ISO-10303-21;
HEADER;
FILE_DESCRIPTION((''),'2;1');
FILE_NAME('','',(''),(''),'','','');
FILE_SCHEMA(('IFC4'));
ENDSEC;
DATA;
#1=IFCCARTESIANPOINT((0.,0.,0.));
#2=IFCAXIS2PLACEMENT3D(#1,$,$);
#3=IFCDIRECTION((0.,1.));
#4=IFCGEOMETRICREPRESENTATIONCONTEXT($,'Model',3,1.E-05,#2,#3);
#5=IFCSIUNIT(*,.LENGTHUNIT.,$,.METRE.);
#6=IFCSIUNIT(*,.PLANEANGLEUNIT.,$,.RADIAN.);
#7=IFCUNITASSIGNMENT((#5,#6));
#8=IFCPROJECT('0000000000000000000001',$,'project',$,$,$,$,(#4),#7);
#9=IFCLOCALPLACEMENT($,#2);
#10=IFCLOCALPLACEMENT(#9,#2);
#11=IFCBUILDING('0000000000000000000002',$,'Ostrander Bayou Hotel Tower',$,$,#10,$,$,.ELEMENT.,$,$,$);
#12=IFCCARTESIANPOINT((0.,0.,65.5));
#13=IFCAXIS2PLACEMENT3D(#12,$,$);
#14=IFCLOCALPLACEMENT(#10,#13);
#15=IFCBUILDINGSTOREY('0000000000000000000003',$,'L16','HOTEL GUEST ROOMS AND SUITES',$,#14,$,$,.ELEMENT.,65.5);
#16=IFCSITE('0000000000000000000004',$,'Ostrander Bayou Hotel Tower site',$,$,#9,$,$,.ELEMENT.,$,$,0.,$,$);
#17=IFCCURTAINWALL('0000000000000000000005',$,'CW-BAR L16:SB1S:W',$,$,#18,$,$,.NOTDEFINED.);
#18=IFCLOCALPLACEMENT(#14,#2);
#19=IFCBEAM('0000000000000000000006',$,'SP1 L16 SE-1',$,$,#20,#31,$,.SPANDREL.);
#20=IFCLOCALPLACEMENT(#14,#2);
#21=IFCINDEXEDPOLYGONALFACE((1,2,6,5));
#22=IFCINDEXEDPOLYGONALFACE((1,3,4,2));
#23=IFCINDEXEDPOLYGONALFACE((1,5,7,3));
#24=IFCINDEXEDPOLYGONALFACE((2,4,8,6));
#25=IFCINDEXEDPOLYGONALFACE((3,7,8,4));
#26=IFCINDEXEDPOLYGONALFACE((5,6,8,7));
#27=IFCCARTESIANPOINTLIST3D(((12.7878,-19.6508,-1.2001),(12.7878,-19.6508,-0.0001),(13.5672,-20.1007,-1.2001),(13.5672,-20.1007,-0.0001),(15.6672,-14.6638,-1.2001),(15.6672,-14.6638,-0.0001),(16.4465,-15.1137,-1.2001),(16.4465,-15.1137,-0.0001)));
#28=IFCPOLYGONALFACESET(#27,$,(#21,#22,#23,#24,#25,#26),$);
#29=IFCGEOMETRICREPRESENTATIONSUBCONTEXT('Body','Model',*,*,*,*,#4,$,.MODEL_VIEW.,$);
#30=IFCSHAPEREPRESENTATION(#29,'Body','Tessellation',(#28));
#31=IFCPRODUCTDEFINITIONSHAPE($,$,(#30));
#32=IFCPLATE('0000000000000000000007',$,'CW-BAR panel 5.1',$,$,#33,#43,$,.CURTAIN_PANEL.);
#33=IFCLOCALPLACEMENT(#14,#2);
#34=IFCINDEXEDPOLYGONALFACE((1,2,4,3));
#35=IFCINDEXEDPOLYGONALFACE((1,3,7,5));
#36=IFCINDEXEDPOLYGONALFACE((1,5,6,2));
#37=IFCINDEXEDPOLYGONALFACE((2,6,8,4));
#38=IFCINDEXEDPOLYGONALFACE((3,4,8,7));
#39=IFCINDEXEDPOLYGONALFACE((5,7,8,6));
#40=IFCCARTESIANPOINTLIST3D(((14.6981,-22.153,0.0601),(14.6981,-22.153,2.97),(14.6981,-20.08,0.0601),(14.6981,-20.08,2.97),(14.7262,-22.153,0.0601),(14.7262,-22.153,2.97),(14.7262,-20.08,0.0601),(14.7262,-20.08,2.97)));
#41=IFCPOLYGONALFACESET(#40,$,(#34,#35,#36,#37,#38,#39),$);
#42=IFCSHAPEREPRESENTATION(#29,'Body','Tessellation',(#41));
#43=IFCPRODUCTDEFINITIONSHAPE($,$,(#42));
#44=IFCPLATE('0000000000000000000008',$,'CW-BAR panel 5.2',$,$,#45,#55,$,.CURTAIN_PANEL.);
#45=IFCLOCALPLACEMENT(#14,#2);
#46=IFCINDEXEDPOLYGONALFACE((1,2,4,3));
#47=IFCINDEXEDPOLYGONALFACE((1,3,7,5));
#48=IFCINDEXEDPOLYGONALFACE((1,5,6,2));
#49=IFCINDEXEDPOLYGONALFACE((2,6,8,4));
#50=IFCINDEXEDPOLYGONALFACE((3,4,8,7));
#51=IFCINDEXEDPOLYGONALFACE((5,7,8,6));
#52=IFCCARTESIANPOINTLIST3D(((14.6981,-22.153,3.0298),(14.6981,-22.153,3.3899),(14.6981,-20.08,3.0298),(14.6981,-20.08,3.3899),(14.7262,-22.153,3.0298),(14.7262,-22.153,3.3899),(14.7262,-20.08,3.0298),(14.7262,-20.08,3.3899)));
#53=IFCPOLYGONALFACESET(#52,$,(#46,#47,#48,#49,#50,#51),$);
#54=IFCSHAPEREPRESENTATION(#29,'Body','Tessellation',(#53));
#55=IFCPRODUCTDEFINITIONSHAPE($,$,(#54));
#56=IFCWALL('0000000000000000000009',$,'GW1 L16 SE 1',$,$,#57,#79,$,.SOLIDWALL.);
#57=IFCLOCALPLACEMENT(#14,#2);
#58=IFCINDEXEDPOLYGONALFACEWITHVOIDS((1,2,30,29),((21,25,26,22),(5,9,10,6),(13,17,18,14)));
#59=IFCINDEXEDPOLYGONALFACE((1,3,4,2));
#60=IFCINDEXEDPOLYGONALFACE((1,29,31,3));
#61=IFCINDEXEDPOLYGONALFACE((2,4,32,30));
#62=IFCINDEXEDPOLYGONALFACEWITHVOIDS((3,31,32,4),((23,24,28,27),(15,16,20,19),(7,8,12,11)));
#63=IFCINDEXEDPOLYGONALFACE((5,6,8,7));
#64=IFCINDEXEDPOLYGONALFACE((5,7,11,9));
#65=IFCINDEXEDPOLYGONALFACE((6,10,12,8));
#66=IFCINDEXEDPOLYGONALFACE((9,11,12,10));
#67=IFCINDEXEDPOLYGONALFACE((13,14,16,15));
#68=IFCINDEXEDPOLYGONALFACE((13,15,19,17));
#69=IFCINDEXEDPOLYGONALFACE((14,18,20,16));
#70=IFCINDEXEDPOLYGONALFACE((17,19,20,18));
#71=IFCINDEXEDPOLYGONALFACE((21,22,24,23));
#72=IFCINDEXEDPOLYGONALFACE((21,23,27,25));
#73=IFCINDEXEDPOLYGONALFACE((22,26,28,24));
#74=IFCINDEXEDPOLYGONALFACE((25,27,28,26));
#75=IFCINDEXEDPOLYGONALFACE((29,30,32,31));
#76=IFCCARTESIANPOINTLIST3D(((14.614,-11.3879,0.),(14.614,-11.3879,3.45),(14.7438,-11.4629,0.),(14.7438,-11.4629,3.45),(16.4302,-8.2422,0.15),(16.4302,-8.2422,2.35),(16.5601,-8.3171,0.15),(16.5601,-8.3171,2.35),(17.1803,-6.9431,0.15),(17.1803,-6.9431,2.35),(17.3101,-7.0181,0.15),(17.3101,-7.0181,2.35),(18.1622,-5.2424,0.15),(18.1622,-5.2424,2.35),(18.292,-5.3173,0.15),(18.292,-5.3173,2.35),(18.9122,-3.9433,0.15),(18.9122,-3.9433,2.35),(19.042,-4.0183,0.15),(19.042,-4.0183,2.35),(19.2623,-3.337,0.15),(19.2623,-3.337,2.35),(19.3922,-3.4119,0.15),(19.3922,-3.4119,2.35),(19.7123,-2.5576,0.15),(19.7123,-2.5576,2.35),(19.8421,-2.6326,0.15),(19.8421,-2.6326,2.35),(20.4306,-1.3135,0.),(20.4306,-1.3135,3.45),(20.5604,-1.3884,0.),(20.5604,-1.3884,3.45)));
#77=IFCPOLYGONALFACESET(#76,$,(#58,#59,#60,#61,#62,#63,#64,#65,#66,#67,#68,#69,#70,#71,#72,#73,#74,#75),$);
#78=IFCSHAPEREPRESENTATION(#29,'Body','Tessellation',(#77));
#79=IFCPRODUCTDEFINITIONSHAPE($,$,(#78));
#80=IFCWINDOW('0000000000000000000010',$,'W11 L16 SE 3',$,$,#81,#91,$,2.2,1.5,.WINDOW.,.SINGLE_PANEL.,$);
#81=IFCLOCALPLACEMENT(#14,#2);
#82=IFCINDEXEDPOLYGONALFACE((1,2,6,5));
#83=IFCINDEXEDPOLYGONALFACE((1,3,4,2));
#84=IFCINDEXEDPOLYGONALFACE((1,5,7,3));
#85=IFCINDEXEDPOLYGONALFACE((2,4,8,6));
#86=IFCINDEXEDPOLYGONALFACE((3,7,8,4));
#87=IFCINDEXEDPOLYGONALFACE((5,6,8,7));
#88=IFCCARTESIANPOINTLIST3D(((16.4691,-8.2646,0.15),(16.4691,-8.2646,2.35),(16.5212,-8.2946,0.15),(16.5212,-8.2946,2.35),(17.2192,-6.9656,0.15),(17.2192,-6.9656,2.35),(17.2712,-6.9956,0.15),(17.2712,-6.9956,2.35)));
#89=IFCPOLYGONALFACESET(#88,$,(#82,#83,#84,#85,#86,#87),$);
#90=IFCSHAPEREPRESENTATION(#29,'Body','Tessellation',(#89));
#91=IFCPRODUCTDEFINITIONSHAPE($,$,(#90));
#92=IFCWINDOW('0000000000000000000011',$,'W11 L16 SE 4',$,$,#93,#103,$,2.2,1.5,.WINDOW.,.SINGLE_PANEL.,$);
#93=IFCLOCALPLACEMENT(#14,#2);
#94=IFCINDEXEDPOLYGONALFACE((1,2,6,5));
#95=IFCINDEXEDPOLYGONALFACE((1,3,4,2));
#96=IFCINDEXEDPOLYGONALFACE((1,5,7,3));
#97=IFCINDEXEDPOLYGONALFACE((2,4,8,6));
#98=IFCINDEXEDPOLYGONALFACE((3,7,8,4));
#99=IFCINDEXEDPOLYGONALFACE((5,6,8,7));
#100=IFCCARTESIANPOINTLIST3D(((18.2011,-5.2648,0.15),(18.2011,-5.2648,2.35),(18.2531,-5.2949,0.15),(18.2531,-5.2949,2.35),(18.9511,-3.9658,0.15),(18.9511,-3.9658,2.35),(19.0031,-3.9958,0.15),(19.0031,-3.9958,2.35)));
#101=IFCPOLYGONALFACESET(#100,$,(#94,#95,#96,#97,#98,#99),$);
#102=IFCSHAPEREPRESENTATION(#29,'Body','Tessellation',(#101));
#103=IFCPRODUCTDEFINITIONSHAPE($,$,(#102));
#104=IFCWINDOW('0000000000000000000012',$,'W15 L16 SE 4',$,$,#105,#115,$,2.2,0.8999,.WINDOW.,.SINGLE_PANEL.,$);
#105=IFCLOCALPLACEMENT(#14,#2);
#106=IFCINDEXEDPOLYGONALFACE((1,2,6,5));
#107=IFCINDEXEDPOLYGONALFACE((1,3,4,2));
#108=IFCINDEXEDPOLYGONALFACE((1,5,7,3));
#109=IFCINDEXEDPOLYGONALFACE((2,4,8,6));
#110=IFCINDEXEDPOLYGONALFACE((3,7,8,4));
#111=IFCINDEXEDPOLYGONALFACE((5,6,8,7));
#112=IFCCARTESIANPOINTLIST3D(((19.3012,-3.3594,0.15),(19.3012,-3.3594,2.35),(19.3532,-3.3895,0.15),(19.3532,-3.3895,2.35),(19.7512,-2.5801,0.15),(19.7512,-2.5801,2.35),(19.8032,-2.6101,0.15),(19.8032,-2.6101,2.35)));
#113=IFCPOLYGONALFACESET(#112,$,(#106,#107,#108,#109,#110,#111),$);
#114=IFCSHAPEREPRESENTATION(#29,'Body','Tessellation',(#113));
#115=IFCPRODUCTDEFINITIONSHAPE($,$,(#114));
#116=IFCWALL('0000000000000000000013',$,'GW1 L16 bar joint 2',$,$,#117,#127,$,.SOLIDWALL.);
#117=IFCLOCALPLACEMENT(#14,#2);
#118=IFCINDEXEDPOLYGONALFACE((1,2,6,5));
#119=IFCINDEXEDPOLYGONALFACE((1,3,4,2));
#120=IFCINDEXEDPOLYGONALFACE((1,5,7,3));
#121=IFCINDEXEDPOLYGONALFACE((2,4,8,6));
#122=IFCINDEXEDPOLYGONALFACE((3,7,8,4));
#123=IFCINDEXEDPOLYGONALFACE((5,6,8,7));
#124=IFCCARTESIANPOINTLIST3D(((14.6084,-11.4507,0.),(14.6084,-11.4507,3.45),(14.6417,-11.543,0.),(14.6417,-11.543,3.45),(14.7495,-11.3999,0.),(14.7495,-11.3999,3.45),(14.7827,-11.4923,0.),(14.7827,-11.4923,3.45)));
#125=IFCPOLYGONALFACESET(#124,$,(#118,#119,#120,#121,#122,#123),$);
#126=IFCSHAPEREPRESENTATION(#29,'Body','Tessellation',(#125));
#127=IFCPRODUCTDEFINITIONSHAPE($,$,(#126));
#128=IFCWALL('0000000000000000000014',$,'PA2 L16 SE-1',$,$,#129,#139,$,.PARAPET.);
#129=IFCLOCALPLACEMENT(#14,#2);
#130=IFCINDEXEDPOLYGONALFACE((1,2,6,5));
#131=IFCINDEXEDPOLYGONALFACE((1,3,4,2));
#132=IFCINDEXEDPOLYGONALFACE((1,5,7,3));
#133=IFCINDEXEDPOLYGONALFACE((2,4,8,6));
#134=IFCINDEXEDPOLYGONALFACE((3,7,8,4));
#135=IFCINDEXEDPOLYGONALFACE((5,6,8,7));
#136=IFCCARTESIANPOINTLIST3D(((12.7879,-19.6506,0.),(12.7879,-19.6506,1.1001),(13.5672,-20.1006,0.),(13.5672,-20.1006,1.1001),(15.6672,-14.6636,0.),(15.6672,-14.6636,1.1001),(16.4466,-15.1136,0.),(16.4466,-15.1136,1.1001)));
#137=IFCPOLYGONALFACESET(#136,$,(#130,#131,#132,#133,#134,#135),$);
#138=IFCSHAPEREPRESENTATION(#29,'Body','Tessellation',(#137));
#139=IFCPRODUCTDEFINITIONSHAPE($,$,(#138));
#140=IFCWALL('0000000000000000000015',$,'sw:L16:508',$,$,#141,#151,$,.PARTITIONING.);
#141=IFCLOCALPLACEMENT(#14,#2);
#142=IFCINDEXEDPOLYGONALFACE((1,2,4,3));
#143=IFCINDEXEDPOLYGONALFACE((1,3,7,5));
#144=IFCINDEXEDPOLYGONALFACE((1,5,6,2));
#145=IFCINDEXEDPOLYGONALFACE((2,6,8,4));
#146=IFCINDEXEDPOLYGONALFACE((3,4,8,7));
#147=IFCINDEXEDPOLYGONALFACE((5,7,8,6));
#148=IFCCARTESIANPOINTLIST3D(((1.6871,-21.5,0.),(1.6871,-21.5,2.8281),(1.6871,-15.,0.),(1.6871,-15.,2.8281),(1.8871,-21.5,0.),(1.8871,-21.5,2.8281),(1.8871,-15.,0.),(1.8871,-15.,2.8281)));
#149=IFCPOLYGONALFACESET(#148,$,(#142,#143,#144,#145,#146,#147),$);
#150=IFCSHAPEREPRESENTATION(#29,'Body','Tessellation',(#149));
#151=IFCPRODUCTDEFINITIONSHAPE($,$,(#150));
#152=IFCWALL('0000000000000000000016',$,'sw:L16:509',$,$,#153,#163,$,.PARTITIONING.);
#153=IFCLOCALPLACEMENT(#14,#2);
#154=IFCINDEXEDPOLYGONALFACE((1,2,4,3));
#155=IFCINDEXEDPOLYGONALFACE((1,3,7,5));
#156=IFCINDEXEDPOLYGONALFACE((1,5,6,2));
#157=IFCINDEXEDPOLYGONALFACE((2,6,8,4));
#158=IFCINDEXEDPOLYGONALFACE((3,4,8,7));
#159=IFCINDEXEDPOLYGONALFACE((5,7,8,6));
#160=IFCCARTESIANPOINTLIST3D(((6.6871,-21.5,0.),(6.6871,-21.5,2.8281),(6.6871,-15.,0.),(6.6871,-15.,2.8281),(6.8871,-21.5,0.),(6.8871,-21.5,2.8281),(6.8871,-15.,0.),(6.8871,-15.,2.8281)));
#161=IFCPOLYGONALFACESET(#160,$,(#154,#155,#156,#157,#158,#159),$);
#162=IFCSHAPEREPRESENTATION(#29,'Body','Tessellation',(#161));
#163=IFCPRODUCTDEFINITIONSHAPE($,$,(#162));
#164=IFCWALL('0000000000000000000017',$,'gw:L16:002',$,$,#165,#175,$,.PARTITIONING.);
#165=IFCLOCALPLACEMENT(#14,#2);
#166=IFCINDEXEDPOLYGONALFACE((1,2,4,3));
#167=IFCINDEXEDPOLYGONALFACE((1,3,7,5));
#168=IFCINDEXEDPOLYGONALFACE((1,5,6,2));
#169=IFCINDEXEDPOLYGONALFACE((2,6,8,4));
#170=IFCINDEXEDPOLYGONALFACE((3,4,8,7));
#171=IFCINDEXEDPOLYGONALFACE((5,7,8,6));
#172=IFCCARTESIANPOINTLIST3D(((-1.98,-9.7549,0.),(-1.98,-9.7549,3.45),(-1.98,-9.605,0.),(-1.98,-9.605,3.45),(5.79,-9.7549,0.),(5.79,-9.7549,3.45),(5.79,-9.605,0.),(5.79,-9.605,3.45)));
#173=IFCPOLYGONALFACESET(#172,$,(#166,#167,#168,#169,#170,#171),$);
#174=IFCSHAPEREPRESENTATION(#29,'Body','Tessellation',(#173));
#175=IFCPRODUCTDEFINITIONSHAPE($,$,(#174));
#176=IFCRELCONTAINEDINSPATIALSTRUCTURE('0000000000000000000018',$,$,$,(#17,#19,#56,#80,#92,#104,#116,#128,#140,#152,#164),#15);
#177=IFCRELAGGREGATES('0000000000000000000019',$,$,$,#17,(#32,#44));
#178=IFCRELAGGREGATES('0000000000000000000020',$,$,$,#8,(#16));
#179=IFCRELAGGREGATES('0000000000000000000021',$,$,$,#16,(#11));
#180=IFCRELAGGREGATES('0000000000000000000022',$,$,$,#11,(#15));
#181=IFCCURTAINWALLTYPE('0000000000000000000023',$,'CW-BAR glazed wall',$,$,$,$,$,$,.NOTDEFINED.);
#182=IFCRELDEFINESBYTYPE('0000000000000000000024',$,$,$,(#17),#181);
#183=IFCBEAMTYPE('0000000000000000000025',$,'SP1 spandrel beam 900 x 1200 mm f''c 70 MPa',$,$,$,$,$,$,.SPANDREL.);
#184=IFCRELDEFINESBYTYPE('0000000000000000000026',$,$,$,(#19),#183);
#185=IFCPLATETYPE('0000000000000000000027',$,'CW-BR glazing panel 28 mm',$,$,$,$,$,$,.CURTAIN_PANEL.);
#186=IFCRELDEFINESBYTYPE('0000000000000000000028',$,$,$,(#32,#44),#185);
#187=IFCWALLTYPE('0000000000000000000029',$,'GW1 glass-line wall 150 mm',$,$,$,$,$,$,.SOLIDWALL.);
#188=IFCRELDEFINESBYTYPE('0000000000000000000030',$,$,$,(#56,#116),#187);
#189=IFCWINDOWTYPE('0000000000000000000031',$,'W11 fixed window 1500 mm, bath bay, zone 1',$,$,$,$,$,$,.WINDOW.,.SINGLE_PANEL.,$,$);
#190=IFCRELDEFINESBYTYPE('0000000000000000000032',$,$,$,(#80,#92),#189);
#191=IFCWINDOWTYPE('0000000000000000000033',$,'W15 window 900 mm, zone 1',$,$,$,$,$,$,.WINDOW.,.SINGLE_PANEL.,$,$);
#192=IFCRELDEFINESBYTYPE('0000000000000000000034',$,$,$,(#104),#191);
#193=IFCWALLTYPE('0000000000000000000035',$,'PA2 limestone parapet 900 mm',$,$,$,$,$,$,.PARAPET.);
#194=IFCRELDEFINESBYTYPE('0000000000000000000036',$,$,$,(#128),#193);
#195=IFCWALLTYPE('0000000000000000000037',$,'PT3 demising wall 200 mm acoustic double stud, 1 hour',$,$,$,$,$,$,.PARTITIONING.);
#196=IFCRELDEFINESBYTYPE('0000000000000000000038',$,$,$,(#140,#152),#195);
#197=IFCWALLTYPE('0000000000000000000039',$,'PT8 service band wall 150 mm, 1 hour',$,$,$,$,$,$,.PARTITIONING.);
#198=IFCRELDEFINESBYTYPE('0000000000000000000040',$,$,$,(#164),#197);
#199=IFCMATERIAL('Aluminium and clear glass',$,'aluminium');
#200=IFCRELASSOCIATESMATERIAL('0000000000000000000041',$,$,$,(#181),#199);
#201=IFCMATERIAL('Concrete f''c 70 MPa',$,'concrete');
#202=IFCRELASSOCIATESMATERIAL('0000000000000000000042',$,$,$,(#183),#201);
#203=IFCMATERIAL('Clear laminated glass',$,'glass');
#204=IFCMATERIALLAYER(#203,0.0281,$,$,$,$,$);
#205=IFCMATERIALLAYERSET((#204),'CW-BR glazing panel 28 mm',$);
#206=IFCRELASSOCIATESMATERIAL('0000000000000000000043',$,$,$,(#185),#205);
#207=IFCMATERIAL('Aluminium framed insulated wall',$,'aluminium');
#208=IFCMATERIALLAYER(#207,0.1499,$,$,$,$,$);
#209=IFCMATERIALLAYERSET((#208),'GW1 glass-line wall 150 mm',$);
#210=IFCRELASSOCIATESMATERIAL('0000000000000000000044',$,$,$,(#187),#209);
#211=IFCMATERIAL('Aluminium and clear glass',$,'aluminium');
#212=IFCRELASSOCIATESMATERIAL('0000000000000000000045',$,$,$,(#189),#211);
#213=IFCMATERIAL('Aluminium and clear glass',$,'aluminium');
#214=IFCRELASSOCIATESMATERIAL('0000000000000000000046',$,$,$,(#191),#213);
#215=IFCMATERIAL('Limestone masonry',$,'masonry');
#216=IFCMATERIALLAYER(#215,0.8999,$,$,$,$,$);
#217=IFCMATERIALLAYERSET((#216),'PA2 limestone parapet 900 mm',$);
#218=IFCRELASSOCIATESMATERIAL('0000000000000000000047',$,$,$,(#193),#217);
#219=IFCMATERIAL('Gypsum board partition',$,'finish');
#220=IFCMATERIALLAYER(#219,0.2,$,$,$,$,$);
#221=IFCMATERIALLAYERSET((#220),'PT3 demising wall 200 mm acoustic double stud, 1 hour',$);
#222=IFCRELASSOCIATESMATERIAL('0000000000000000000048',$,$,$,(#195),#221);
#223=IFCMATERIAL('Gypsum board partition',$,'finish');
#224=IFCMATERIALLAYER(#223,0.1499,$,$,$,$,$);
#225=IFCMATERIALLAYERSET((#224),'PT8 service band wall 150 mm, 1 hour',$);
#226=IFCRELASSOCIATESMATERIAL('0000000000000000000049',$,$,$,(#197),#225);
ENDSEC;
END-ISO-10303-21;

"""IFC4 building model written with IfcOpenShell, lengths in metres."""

from ifc_helpers import new_model, si_unit, direction, frame, frame_2d, origin, origin_2d, place, context, subcontext, project, spatial, rectangle, extrude, material, layer, layer_set, material_profile, profile_set, type_object, element, fill, aggregate, save


model = new_model("IFC4")

# Units and contexts
model_context = context("Model", 3, precision=1e-05, world=origin(), true_north=direction((0.0, 1.0)))
body_context = subcontext(model_context, "Body", "Model", "MODEL_VIEW")
ifc_project = project(units=[si_unit("LENGTHUNIT", "METRE"), si_unit("PLANEANGLEUNIT", "RADIAN")], contexts=[model_context])

# Site, building, storey
site_placement = place(None, origin())
site = spatial("IfcSite", under=ifc_project, at=site_placement, Name="Ostrander Bayou Hotel Tower site", CompositionType="ELEMENT", RefElevation=0.0)
building_placement = place(site_placement, origin())
building = spatial("IfcBuilding", under=site, at=building_placement, Name="Ostrander Bayou Hotel Tower", CompositionType="ELEMENT")
storey_placement = place(building_placement, frame((0.0, 0.0, 65.5)))
storey = spatial("IfcBuildingStorey", under=building, at=storey_placement, Name="L16", Description="HOTEL GUEST ROOMS AND SUITES", CompositionType="ELEMENT", Elevation=65.5)

# Curtain wall
ifc_material_1 = material(Name="Aluminium and clear glass", Category="aluminium")
curtain_wall_type = type_object("IfcCurtainWallType", Name="CW-BAR glazed wall", PredefinedType="NOTDEFINED", material=ifc_material_1)
curtain_wall_placement = place(storey_placement, origin())
curtain_wall = element("IfcCurtainWall", 1, at=curtain_wall_placement, inside=storey, type_object=curtain_wall_type, Name="CW-BAR L16:SB1S:W", PredefinedType="NOTDEFINED")

# Beam
ifc_material_2 = material(Name="Concrete f'c 70 MPa", Category="concrete")
ifc_material_profile_1 = material_profile(ifc_material_2, rectangle(XDim=0.8999, YDim=1.2, at=origin_2d()))
ifc_profile_set_1 = profile_set([ifc_material_profile_1], Name="Concrete f'c 70 MPa")
beam_type = type_object("IfcBeamType", Name="SP1 spandrel beam 900 x 1200 mm f'c 70 MPa", PredefinedType="SPANDREL", material=ifc_profile_set_1)
beam_placement = place(storey_placement, frame((13.1775, -19.8757, -0.6001), z_axis=(0.500015, 0.866017, 0.0), x_axis=(-0.866017, 0.500015, 0.0)))
element("IfcBeam", 2, at=beam_placement, inside=storey, type_object=beam_type, Name="SP1 L16 SE-1", PredefinedType="SPANDREL", context=body_context, shape_type="SweptSolid", body=[
    extrude(rectangle(XDim=0.8999, YDim=1.2, at=origin_2d()), origin(), (0.0, 0.0, 1.0), 5.7585),
])

# Plates
ifc_material_3 = material(Name="Clear laminated glass", Category="glass")
ifc_layer_1 = layer(ifc_material_3, 0.0281)
ifc_layer_set_1 = layer_set([ifc_layer_1], Name="CW-BR glazing panel 28 mm")
plate_type = type_object("IfcPlateType", Name="CW-BR glazing panel 28 mm", PredefinedType="CURTAIN_PANEL", material=ifc_layer_set_1)
plate_1_placement = place(storey_placement, frame((14.7122, -21.1165, 0.0601), z_axis=(0.0, 0.0, 1.0), x_axis=(0.0, -1.0, 0.0)))
plate_1 = element("IfcPlate", 3, at=plate_1_placement, type_object=plate_type, Name="CW-BAR panel 5.1", PredefinedType="CURTAIN_PANEL", context=body_context, shape_type="SweptSolid", body=[
    extrude(rectangle(XDim=2.073, YDim=0.0281, at=origin_2d()), origin(), (0.0, 0.0, 1.0), 2.9099),
])
plate_2_placement = place(storey_placement, frame((14.7122, -21.1165, 3.0298), z_axis=(0.0, 0.0, 1.0), x_axis=(0.0, -1.0, 0.0)))
plate_2 = element("IfcPlate", 4, at=plate_2_placement, type_object=plate_type, Name="CW-BAR panel 5.2", PredefinedType="CURTAIN_PANEL", context=body_context, shape_type="SweptSolid", body=[
    extrude(rectangle(XDim=2.073, YDim=0.0281, at=origin_2d()), origin(), (0.0, 0.0, 1.0), 0.3601),
])
aggregate(curtain_wall, [plate_1, plate_2])

# Wall, openings, windows
ifc_material_4 = material(Name="Aluminium framed insulated wall", Category="aluminium")
ifc_layer_2 = layer(ifc_material_4, 0.1499)
ifc_layer_set_2 = layer_set([ifc_layer_2], Name="GW1 glass-line wall 150 mm")
wall_type_1 = type_object("IfcWallType", Name="GW1 glass-line wall 150 mm", PredefinedType="SOLIDWALL", material=ifc_layer_set_2)
wall_1_placement = place(storey_placement, frame((14.679, -11.4253, 0.0), z_axis=(0.0, 0.0, 1.0), x_axis=(0.50001, 0.86602, 0.0)))
wall_1 = element("IfcWall", 5, at=wall_1_placement, inside=storey, type_object=wall_type_1, Name="GW1 L16 SE 1", PredefinedType="SOLIDWALL", context=body_context, shape_type="SweptSolid", body=[
    extrude(rectangle(XDim=11.6331, YDim=0.1499, at=frame_2d((5.8164, 0.0))), origin(), (0.0, 0.0, 1.0), 3.45),
])
opening_1_placement = place(wall_1_placement, frame((3.6323, 0.0, 0.1499)))
opening_1 = element("IfcOpeningElement", 6, at=opening_1_placement, cuts=wall_1, PredefinedType="OPENING", context=body_context, shape_type="SweptSolid", body=[
    extrude(rectangle(XDim=1.5, YDim=2.2, at=frame_2d((0.75, 1.1001))), frame((0.0, 0.075, 0.0), z_axis=(0.0, -1.0, 0.0), x_axis=(1.0, 0.0, 0.0)), (0.0, 0.0, 1.0), 0.1499),
])
opening_2_placement = place(wall_1_placement, frame((9.2964, 0.0, 0.1499)))
opening_2 = element("IfcOpeningElement", 7, at=opening_2_placement, cuts=wall_1, PredefinedType="OPENING", context=body_context, shape_type="SweptSolid", body=[
    extrude(rectangle(XDim=0.8999, YDim=2.2, at=frame_2d((0.45, 1.1001))), frame((0.0, 0.075, 0.0), z_axis=(0.0, -1.0, 0.0), x_axis=(1.0, 0.0, 0.0)), (0.0, 0.0, 1.0), 0.1499),
])
opening_3_placement = place(wall_1_placement, frame((7.0962, 0.0, 0.1499)))
opening_3 = element("IfcOpeningElement", 8, at=opening_3_placement, cuts=wall_1, PredefinedType="OPENING", context=body_context, shape_type="SweptSolid", body=[
    extrude(rectangle(XDim=1.5, YDim=2.2, at=frame_2d((0.75, 1.1001))), frame((0.0, 0.075, 0.0), z_axis=(0.0, -1.0, 0.0), x_axis=(1.0, 0.0, 0.0)), (0.0, 0.0, 1.0), 0.1499),
])
ifc_material_5 = material(Name="Aluminium and clear glass", Category="aluminium")
window_type_1 = type_object("IfcWindowType", Name="W11 fixed window 1500 mm, bath bay, zone 1", PartitioningType="SINGLE_PANEL", PredefinedType="WINDOW", material=ifc_material_5)
window_1_placement = place(opening_1_placement, origin())
window_1 = element("IfcWindow", 9, at=window_1_placement, inside=storey, type_object=window_type_1, Name="W11 L16 SE 3", OverallHeight=2.2, OverallWidth=1.5, PartitioningType="SINGLE_PANEL", PredefinedType="WINDOW", context=body_context, shape_type="SweptSolid", body=[
    extrude(rectangle(XDim=1.5, YDim=2.2, at=frame_2d((0.75, 1.1001))), frame((0.0, 0.03, 0.0), z_axis=(0.0, -1.0, 0.0), x_axis=(1.0, 0.0, 0.0)), (0.0, 0.0, 1.0), 0.0601),
])
fill(opening_1, window_1)
window_2_placement = place(opening_3_placement, origin())
window_2 = element("IfcWindow", 10, at=window_2_placement, inside=storey, type_object=window_type_1, Name="W11 L16 SE 4", OverallHeight=2.2, OverallWidth=1.5, PartitioningType="SINGLE_PANEL", PredefinedType="WINDOW", context=body_context, shape_type="SweptSolid", body=[
    extrude(rectangle(XDim=1.5, YDim=2.2, at=frame_2d((0.75, 1.1001))), frame((0.0, 0.03, 0.0), z_axis=(0.0, -1.0, 0.0), x_axis=(1.0, 0.0, 0.0)), (0.0, 0.0, 1.0), 0.0601),
])
fill(opening_3, window_2)
ifc_material_6 = material(Name="Aluminium and clear glass", Category="aluminium")
window_type_2 = type_object("IfcWindowType", Name="W15 window 900 mm, zone 1", PartitioningType="SINGLE_PANEL", PredefinedType="WINDOW", material=ifc_material_6)
window_3_placement = place(opening_2_placement, origin())
window_3 = element("IfcWindow", 11, at=window_3_placement, inside=storey, type_object=window_type_2, Name="W15 L16 SE 4", OverallHeight=2.2, OverallWidth=0.8999, PartitioningType="SINGLE_PANEL", PredefinedType="WINDOW", context=body_context, shape_type="SweptSolid", body=[
    extrude(rectangle(XDim=0.8999, YDim=2.2, at=frame_2d((0.45, 1.1001))), frame((0.0, 0.03, 0.0), z_axis=(0.0, -1.0, 0.0), x_axis=(1.0, 0.0, 0.0)), (0.0, 0.0, 1.0), 0.0601),
])
fill(opening_2, window_3)

# Walls
wall_2_placement = place(storey_placement, frame((14.679, -11.4253, 0.0), z_axis=(0.0, 0.0, 1.0), x_axis=(0.338543, -0.940951, 0.0)))
element("IfcWall", 12, at=wall_2_placement, inside=storey, type_object=wall_type_1, Name="GW1 L16 bar joint 2", PredefinedType="SOLIDWALL", context=body_context, shape_type="SweptSolid", body=[
    extrude(rectangle(XDim=0.0981, YDim=0.1499, at=frame_2d((0.0491, 0.0))), origin(), (0.0, 0.0, 1.0), 3.45),
])
ifc_material_7 = material(Name="Limestone masonry", Category="masonry")
ifc_layer_3 = layer(ifc_material_7, 0.8999)
ifc_layer_set_3 = layer_set([ifc_layer_3], Name="PA2 limestone parapet 900 mm")
wall_type_2 = type_object("IfcWallType", Name="PA2 limestone parapet 900 mm", PredefinedType="PARAPET", material=ifc_layer_set_3)
wall_3_placement = place(storey_placement, frame((13.1775, -19.8757, 0.0), z_axis=(0.0, 0.0, 1.0), x_axis=(0.500015, 0.866017, 0.0)))
element("IfcWall", 13, at=wall_3_placement, inside=storey, type_object=wall_type_2, Name="PA2 L16 SE-1", PredefinedType="PARAPET", context=body_context, shape_type="SweptSolid", body=[
    extrude(rectangle(XDim=5.7585, YDim=0.8999, at=frame_2d((2.8794, 0.0))), origin(), (0.0, 0.0, 1.0), 1.1001),
])
ifc_material_8 = material(Name="Gypsum board partition", Category="finish")
ifc_layer_4 = layer(ifc_material_8, 0.2)
ifc_layer_set_4 = layer_set([ifc_layer_4], Name="PT3 demising wall 200 mm acoustic double stud, 1 hour")
wall_type_3 = type_object("IfcWallType", Name="PT3 demising wall 200 mm acoustic double stud, 1 hour", PredefinedType="PARTITIONING", material=ifc_layer_set_4)
for number, where, z_axis, x_axis, name in (
    (14, (1.7871, -21.5, 0.0), (0.0, 0.0, 1.0), (0.0, 1.0, 0.0), "sw:L16:508"),
    (15, (6.7871, -21.5, 0.0), (0.0, 0.0, 1.0), (0.0, 1.0, 0.0), "sw:L16:509"),
):
    element("IfcWall", number, at=place(storey_placement, frame(where, z_axis=z_axis, x_axis=x_axis)), inside=storey, type_object=wall_type_3, Name=name, PredefinedType="PARTITIONING", context=body_context, shape_type="SweptSolid", body=[
        extrude(rectangle(XDim=6.5, YDim=0.2, at=frame_2d((3.25, 0.0))), origin(), (0.0, 0.0, 1.0), 2.8281),
    ])
ifc_material_9 = material(Name="Gypsum board partition", Category="finish")
ifc_layer_5 = layer(ifc_material_9, 0.1499)
ifc_layer_set_5 = layer_set([ifc_layer_5], Name="PT8 service band wall 150 mm, 1 hour")
wall_type_4 = type_object("IfcWallType", Name="PT8 service band wall 150 mm, 1 hour", PredefinedType="PARTITIONING", material=ifc_layer_set_5)
wall_4_placement = place(storey_placement, frame((-1.98, -9.6799, 0.0), z_axis=(0.0, 0.0, 1.0), x_axis=(1.0, 0.0, 0.0)))
element("IfcWall", 16, at=wall_4_placement, inside=storey, type_object=wall_type_4, Name="gw:L16:002", PredefinedType="PARTITIONING", context=body_context, shape_type="SweptSolid", body=[
    extrude(rectangle(XDim=7.77, YDim=0.1499, at=frame_2d((3.885, 0.0))), origin(), (0.0, 0.0, 1.0), 3.45),
])

save(model, "model.ifc")
